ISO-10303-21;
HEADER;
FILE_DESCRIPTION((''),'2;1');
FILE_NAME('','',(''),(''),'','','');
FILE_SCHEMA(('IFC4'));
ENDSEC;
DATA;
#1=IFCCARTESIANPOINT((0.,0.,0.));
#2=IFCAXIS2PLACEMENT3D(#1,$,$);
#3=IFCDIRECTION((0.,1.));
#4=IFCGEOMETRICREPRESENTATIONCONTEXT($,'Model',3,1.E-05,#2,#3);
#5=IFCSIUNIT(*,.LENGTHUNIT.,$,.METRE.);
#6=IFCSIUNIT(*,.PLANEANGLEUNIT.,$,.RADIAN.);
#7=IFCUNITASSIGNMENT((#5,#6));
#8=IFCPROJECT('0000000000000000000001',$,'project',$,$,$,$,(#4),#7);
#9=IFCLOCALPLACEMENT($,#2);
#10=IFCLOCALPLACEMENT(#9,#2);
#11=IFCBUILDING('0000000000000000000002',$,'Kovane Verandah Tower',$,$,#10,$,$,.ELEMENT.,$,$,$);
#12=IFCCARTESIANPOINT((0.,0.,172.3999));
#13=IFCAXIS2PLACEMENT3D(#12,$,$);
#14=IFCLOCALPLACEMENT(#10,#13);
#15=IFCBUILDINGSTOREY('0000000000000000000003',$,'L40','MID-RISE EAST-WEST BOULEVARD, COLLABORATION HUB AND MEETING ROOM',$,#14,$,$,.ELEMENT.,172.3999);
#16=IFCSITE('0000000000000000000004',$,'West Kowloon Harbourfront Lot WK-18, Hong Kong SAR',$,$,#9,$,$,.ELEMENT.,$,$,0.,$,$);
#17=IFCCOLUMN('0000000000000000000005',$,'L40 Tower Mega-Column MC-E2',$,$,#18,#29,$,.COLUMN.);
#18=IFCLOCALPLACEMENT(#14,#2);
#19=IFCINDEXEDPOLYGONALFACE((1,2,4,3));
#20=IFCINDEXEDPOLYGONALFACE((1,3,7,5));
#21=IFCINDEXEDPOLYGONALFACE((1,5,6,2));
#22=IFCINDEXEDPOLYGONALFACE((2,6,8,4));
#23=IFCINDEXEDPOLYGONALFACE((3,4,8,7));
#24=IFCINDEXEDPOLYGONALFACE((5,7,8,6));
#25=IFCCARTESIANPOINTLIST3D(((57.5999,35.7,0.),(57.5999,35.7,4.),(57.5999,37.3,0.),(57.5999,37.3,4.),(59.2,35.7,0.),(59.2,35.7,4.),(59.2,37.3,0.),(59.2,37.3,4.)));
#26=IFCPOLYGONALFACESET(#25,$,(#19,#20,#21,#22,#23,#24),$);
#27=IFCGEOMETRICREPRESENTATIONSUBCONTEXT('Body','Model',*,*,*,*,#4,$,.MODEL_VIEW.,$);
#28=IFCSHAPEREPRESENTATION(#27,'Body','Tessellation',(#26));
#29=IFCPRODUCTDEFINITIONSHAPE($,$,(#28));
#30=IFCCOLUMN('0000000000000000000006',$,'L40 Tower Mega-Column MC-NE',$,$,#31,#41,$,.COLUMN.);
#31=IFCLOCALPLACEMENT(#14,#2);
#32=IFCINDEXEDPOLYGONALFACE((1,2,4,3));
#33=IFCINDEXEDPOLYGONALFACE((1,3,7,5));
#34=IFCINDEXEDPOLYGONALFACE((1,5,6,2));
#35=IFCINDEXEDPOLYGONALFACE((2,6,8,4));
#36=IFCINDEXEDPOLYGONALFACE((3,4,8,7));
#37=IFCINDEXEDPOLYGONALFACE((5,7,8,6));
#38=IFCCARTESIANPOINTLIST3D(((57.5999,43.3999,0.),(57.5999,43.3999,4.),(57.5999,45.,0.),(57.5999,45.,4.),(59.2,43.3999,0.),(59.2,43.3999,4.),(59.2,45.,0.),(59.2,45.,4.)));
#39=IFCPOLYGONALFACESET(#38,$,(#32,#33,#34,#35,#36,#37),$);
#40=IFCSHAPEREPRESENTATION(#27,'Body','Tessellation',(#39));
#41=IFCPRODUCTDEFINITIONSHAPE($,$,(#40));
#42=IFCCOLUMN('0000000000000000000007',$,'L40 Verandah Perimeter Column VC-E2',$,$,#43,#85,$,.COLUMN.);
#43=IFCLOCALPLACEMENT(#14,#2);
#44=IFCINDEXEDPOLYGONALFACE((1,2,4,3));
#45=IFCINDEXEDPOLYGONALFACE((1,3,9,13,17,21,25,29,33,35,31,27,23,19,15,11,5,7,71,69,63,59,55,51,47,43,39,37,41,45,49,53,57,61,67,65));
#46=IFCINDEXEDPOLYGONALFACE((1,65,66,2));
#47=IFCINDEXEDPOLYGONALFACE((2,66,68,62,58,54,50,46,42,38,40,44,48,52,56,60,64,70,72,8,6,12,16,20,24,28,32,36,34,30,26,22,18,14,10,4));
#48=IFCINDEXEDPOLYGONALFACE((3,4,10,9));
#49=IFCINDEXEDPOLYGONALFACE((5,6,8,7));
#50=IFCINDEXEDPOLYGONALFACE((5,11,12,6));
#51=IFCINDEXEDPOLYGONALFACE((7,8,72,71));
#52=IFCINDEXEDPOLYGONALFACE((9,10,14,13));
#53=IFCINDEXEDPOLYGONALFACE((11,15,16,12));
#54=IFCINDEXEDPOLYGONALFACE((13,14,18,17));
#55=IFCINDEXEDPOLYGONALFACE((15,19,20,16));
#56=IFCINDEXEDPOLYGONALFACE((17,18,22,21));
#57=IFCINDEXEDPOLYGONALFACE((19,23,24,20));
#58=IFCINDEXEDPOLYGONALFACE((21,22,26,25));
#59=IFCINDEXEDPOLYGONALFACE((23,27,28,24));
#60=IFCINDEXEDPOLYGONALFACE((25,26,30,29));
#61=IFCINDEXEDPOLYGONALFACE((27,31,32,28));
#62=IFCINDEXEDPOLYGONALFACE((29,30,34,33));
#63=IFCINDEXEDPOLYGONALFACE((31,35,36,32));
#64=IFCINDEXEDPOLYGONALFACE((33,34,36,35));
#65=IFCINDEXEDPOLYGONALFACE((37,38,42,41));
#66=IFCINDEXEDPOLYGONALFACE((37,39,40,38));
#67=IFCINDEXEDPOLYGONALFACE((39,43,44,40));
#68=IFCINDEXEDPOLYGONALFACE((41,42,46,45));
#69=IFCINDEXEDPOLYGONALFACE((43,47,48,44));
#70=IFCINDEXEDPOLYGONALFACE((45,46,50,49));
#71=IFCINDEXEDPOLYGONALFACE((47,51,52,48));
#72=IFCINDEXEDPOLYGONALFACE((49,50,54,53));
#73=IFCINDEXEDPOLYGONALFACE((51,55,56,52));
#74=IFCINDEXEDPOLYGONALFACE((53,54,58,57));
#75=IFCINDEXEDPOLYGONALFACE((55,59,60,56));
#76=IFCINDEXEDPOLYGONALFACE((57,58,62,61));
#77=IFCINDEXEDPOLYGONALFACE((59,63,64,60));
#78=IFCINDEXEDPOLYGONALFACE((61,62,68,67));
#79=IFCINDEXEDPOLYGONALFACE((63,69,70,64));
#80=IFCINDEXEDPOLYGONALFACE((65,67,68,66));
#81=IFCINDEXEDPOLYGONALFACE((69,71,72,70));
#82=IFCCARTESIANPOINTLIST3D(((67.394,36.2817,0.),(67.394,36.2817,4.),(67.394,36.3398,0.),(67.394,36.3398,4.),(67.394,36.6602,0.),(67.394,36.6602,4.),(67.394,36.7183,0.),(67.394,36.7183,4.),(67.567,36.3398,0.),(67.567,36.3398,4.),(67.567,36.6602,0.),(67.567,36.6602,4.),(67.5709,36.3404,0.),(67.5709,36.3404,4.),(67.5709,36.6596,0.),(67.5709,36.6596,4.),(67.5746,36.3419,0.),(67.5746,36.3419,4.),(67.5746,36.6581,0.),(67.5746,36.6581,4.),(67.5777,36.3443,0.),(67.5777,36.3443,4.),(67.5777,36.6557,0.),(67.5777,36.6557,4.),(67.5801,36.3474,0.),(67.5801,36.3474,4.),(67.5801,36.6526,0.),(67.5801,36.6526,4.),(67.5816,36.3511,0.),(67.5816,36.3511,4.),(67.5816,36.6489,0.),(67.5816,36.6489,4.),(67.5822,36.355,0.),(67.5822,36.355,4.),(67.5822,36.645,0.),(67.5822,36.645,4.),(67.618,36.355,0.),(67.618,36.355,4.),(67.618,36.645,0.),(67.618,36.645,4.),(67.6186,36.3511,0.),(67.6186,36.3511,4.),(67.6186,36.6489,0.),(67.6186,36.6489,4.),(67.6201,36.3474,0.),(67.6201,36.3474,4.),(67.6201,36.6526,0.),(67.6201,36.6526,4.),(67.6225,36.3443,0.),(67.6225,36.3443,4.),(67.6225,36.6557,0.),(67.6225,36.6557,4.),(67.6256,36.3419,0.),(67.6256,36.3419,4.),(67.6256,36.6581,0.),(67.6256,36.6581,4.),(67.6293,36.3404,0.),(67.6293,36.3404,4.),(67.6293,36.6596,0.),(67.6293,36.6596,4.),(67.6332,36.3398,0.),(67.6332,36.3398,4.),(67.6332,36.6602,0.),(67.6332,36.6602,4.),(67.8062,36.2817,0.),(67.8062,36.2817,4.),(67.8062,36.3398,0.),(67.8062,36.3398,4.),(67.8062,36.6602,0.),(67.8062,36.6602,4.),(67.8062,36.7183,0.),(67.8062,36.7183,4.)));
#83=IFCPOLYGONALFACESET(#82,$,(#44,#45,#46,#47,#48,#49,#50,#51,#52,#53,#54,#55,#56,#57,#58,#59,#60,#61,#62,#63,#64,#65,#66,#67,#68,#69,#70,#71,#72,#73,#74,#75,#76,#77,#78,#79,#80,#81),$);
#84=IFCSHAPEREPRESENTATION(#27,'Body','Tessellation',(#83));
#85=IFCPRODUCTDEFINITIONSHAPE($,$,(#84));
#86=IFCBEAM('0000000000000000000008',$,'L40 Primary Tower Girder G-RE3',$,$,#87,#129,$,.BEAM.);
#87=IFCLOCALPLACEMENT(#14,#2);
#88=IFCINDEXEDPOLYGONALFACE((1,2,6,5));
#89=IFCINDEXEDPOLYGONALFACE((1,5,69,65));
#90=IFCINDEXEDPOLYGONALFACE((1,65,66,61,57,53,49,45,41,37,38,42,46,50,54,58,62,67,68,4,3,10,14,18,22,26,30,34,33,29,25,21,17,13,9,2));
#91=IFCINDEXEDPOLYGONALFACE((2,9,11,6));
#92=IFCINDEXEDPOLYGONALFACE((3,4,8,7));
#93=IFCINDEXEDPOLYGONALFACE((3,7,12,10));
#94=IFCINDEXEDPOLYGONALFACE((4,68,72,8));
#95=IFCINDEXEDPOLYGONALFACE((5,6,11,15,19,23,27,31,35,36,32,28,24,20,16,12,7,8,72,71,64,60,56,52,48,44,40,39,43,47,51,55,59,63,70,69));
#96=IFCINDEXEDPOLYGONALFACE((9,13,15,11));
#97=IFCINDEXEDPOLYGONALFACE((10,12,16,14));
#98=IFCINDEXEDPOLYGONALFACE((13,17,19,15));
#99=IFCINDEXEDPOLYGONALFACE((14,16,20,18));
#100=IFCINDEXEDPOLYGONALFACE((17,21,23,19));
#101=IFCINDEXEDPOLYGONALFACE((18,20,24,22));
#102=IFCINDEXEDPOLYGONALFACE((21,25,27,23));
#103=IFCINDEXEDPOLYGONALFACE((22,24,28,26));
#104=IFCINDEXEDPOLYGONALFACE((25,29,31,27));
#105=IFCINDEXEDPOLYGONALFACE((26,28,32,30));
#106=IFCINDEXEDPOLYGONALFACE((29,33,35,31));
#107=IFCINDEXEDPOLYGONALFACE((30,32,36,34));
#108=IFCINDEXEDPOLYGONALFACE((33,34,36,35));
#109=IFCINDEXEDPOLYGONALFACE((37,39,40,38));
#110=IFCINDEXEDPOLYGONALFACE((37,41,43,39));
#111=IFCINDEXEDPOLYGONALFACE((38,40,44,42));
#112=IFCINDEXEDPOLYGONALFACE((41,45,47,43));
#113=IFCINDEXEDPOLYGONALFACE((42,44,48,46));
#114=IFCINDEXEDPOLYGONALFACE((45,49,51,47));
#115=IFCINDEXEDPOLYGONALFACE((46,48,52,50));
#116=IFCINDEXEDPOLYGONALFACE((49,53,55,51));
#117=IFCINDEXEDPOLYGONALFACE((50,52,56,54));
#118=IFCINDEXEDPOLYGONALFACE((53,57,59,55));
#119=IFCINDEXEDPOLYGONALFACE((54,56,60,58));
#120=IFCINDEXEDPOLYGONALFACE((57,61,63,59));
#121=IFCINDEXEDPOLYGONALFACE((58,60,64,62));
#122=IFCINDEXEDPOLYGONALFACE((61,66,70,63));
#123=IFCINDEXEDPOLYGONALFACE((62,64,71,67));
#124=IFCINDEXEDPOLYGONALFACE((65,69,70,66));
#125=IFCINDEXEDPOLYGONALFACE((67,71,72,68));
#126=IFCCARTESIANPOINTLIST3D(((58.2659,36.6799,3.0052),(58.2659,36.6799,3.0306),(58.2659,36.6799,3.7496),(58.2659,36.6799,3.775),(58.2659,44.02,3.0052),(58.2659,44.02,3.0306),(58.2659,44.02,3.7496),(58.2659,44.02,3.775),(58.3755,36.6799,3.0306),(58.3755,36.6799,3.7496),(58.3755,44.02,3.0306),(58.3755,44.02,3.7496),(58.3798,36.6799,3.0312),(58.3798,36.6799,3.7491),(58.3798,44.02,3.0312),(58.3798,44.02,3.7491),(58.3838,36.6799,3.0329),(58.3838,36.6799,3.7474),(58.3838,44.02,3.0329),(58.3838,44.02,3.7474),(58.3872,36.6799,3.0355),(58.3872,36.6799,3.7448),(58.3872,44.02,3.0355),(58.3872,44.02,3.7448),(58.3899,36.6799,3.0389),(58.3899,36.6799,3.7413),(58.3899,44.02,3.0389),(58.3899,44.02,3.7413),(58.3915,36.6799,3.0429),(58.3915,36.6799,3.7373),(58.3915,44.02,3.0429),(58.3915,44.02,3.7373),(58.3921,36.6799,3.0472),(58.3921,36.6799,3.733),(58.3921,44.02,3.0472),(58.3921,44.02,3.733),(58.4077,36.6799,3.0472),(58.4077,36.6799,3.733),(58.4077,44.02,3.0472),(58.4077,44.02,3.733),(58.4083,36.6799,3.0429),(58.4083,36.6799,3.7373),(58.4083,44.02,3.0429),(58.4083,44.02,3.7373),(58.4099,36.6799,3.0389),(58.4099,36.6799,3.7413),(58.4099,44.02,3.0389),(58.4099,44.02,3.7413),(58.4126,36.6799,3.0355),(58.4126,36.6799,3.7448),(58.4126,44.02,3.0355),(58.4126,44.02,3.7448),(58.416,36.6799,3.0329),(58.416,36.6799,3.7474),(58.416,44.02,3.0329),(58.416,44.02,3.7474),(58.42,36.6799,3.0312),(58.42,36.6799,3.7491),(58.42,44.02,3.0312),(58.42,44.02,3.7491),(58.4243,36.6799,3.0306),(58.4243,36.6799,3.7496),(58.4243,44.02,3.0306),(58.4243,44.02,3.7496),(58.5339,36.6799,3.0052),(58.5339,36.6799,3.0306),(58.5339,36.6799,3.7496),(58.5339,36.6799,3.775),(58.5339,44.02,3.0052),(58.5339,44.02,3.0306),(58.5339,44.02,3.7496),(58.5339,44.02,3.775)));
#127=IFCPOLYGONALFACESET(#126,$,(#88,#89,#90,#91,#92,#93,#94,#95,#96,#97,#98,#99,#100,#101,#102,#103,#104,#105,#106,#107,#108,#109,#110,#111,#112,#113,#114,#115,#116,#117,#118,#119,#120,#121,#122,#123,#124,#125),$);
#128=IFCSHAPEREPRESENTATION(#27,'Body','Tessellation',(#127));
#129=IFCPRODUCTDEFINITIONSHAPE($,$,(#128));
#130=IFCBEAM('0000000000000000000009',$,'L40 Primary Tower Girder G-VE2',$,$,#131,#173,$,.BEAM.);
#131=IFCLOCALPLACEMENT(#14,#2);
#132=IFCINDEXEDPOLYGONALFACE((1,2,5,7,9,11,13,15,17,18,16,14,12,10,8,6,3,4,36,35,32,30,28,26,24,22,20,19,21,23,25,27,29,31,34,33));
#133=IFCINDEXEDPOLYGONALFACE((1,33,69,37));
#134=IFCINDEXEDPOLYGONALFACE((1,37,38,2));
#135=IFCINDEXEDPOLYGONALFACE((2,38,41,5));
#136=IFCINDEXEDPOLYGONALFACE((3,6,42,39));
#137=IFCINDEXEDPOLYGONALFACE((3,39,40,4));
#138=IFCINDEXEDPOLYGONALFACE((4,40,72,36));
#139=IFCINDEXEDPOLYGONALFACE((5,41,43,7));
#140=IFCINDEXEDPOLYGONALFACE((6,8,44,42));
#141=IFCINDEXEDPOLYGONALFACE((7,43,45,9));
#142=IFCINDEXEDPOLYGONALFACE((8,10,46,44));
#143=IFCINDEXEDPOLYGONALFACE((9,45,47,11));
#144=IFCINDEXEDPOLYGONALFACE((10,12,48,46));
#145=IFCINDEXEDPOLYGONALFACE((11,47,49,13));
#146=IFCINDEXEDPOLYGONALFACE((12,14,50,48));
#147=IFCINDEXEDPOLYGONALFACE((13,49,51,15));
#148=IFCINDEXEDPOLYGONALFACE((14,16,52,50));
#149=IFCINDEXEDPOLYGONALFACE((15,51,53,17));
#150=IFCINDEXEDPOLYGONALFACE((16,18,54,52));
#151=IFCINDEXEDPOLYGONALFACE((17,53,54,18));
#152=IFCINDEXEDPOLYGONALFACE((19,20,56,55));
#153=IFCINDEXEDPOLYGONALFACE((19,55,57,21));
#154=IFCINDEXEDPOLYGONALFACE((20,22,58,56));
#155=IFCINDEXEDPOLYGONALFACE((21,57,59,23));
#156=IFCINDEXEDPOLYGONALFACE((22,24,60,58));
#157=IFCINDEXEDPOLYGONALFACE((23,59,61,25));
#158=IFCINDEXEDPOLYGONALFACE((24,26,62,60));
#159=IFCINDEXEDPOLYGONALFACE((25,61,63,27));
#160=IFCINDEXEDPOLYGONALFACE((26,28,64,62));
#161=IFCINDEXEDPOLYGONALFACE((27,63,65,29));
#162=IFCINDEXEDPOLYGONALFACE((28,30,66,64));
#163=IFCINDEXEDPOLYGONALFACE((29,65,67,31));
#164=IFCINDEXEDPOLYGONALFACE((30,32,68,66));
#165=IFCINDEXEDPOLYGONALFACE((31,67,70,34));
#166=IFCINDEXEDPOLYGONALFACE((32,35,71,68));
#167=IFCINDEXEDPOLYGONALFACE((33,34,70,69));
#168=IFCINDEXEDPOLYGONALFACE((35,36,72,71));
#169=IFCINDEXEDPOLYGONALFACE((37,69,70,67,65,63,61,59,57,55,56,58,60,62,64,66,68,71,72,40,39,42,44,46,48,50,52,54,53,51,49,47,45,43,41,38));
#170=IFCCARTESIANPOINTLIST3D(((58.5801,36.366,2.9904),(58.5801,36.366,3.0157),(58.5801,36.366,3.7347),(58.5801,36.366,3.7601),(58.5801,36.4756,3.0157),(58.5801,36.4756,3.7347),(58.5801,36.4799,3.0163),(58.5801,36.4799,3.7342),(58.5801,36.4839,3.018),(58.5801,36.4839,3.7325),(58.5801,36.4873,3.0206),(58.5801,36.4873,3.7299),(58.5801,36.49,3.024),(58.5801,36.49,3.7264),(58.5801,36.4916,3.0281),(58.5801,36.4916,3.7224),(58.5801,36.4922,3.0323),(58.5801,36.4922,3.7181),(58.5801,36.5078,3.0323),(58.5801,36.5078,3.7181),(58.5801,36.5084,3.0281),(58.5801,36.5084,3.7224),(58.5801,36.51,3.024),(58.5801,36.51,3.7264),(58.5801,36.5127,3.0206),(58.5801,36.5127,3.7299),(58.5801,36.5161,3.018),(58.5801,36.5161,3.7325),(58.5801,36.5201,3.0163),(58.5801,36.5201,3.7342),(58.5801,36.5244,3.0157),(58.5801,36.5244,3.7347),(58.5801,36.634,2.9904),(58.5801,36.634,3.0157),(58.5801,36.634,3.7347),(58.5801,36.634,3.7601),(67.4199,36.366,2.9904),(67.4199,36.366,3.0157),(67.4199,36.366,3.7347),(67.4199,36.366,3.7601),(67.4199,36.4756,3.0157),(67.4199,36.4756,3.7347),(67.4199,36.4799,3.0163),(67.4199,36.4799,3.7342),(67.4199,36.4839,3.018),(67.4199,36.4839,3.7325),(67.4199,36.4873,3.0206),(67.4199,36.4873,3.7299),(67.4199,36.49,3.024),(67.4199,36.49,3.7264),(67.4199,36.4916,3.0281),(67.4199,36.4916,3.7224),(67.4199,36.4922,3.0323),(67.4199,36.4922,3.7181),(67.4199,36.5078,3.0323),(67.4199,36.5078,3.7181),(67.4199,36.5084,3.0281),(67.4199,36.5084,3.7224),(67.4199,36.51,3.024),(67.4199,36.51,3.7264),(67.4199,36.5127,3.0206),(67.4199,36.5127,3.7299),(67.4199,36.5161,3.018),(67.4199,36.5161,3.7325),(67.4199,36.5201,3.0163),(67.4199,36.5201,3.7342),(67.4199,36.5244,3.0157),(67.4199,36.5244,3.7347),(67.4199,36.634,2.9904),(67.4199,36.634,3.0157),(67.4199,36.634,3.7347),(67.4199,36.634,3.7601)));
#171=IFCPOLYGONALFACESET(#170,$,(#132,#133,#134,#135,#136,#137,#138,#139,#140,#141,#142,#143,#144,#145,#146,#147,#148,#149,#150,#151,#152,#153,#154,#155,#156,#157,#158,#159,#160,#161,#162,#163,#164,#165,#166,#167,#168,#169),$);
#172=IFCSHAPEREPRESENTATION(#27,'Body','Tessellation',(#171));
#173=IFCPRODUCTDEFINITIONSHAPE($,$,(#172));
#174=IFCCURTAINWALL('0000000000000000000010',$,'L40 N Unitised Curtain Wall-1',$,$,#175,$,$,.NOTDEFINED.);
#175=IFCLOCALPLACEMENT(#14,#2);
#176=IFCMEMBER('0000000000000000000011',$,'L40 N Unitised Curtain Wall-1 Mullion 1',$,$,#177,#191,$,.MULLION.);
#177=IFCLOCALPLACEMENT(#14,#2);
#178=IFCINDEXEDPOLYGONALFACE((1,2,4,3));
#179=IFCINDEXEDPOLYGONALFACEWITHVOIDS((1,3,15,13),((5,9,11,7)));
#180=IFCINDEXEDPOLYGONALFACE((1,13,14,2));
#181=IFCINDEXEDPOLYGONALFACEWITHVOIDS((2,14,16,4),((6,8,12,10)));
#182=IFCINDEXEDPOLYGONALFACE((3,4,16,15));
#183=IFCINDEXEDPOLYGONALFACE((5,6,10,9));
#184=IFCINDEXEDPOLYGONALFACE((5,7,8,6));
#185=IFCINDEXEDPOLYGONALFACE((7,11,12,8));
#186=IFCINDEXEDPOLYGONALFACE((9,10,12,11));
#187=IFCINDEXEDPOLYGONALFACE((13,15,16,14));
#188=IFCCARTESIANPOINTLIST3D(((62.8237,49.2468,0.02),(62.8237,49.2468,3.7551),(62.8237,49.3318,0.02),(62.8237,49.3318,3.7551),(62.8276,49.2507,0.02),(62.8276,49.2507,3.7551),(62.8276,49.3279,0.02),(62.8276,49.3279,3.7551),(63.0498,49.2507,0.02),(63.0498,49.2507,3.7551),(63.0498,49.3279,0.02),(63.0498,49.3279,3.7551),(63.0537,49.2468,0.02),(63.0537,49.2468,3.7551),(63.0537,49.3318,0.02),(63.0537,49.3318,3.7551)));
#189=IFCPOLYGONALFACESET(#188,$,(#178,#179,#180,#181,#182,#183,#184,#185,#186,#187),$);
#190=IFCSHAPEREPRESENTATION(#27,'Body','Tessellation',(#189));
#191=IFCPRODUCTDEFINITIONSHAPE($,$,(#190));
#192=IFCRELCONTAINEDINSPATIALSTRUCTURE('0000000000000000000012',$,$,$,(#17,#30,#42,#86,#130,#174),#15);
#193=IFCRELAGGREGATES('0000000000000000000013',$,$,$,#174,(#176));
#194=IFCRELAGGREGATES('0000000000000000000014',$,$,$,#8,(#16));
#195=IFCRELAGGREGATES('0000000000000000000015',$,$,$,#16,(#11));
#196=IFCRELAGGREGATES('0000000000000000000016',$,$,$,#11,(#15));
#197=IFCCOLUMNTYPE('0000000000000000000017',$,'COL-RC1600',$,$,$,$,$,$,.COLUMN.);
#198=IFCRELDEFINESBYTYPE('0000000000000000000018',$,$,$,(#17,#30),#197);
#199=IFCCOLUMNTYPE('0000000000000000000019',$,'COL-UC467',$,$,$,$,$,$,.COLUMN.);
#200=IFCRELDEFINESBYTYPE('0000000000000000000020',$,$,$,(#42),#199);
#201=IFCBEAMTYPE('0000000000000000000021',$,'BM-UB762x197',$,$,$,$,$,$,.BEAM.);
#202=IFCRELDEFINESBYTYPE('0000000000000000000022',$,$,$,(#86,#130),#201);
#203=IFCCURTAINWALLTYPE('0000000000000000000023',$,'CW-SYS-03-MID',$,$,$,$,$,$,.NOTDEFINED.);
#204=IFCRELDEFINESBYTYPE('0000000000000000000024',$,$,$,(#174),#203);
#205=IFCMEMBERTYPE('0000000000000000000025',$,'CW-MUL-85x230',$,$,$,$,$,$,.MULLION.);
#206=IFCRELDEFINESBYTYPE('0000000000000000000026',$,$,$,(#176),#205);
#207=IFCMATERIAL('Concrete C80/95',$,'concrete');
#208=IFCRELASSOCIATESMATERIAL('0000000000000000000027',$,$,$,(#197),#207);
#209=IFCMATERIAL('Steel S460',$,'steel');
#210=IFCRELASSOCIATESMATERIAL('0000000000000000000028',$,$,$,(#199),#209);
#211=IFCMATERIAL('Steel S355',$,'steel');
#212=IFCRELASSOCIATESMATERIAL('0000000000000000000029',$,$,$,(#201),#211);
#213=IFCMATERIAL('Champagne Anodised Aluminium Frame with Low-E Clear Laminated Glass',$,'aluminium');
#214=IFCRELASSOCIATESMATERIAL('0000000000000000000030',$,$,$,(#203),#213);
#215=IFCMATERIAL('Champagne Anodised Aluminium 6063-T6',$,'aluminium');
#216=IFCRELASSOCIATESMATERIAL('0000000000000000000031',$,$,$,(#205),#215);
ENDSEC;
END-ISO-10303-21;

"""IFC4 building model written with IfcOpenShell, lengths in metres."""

from ifc_helpers import new_model, si_unit, direction, frame, origin, origin_2d, place, context, subcontext, project, spatial, rectangle, hollow_rectangle, i_section, extrude, material, material_profile, profile_set, type_object, element, aggregate, save


model = new_model("IFC4")

# Units and contexts
model_context = context("Model", 3, precision=1e-05, world=origin(), true_north=direction((0.0, 1.0)))
body_context = subcontext(model_context, "Body", "Model", "MODEL_VIEW")
ifc_project = project(units=[si_unit("LENGTHUNIT", "METRE"), si_unit("PLANEANGLEUNIT", "RADIAN")], contexts=[model_context])

# Site, building, storey
site_placement = place(None, origin())
site = spatial("IfcSite", under=ifc_project, at=site_placement, Name="West Kowloon Harbourfront Lot WK-18, Hong Kong SAR", CompositionType="ELEMENT", RefElevation=0.0)
building_placement = place(site_placement, origin())
building = spatial("IfcBuilding", under=site, at=building_placement, Name="Kovane Verandah Tower", CompositionType="ELEMENT")
storey_placement = place(building_placement, frame((0.0, 0.0, 172.3999)))
storey = spatial("IfcBuildingStorey", under=building, at=storey_placement, Name="L40", Description="MID-RISE EAST-WEST BOULEVARD, COLLABORATION HUB AND MEETING ROOM", CompositionType="ELEMENT", Elevation=172.3999)

# Columns
ifc_material_1 = material(Name="Concrete C80/95", Category="concrete")
ifc_material_profile_1 = material_profile(ifc_material_1, rectangle(XDim=1.6001, YDim=1.6001, at=origin_2d()), Name="RC1600x1600")
ifc_profile_set_1 = profile_set([ifc_material_profile_1], Name="Concrete C80/95")
column_type_1 = type_object("IfcColumnType", Name="COL-RC1600", PredefinedType="COLUMN", material=ifc_profile_set_1)
for number, where, z_axis, x_axis, name in (
    (1, (58.3999, 36.5, 0.0), (0.0, 0.0, 1.0), (1.0, 0.0, 0.0), "L40 Tower Mega-Column MC-E2"),
    (2, (58.3999, 44.2, 0.0), (0.0, 0.0, 1.0), (1.0, 0.0, 0.0), "L40 Tower Mega-Column MC-NE"),
):
    element("IfcColumn", number, at=place(storey_placement, frame(where, z_axis=z_axis, x_axis=x_axis)), inside=storey, type_object=column_type_1, Name=name, PredefinedType="COLUMN", context=body_context, shape_type="SweptSolid", body=[
        extrude(rectangle(XDim=1.6001, YDim=1.6001, at=origin_2d()), origin(), (0.0, 0.0, 1.0), 4.0),
    ])
ifc_material_2 = material(Name="Steel S460", Category="steel")
ifc_material_profile_2 = material_profile(ifc_material_2, i_section(OverallWidth=0.4121, OverallDepth=0.4365, WebThickness=0.0359, FlangeThickness=0.0581, FilletRadius=0.0151, at=origin_2d()), Name="UC356x406x467")
ifc_profile_set_2 = profile_set([ifc_material_profile_2], Name="Steel S460")
column_type_2 = type_object("IfcColumnType", Name="COL-UC467", PredefinedType="COLUMN", material=ifc_profile_set_2)
column_placement = place(storey_placement, frame((67.6001, 36.5, 0.0), z_axis=(0.0, 0.0, 1.0), x_axis=(1.0, 0.0, 0.0)))
element("IfcColumn", 3, at=column_placement, inside=storey, type_object=column_type_2, Name="L40 Verandah Perimeter Column VC-E2", PredefinedType="COLUMN", context=body_context, shape_type="SweptSolid", body=[
    extrude(i_section(OverallWidth=0.4121, OverallDepth=0.4365, WebThickness=0.0359, FlangeThickness=0.0581, FilletRadius=0.0151, at=origin_2d()), origin(), (0.0, 0.0, 1.0), 4.0),
])

# Beams
ifc_material_3 = material(Name="Steel S355", Category="steel")
ifc_material_profile_3 = material_profile(ifc_material_3, i_section(OverallWidth=0.2681, OverallDepth=0.7698, WebThickness=0.0156, FlangeThickness=0.0254, FilletRadius=0.0166, at=origin_2d()), Name="UB762x267x197")
ifc_profile_set_3 = profile_set([ifc_material_profile_3], Name="Steel S355")
beam_type_1 = type_object("IfcBeamType", Name="BM-UB762x197", PredefinedType="BEAM", material=ifc_profile_set_3)
beam_1_placement = place(storey_placement, frame((58.3999, 36.6799, 3.3901), z_axis=(0.0, 1.0, 0.0), x_axis=(-1.0, 0.0, 0.0)))
element("IfcBeam", 4, at=beam_1_placement, inside=storey, type_object=beam_type_1, Name="L40 Primary Tower Girder G-RE3", PredefinedType="BEAM", context=body_context, shape_type="SweptSolid", body=[
    extrude(i_section(OverallWidth=0.2681, OverallDepth=0.7698, WebThickness=0.0156, FlangeThickness=0.0254, FilletRadius=0.0166, at=origin_2d()), origin(), (0.0, 0.0, 1.0), 7.3401),
])
beam_2_placement = place(storey_placement, frame((58.5801, 36.5, 3.3752), z_axis=(1.0, 0.0, 0.0), x_axis=(0.0, 1.0, 0.0)))
element("IfcBeam", 5, at=beam_2_placement, inside=storey, type_object=beam_type_1, Name="L40 Primary Tower Girder G-VE2", PredefinedType="BEAM", context=body_context, shape_type="SweptSolid", body=[
    extrude(i_section(OverallWidth=0.2681, OverallDepth=0.7698, WebThickness=0.0156, FlangeThickness=0.0254, FilletRadius=0.0166, at=origin_2d()), origin(), (0.0, 0.0, 1.0), 8.8398),
])

# Curtain wall, member
ifc_material_4 = material(Name="Champagne Anodised Aluminium Frame with Low-E Clear Laminated Glass", Category="aluminium")
curtain_wall_type = type_object("IfcCurtainWallType", Name="CW-SYS-03-MID", PredefinedType="NOTDEFINED", material=ifc_material_4)
curtain_wall_placement = place(storey_placement, origin())
curtain_wall = element("IfcCurtainWall", 6, at=curtain_wall_placement, inside=storey, type_object=curtain_wall_type, Name="L40 N Unitised Curtain Wall-1", PredefinedType="NOTDEFINED")
ifc_material_5 = material(Name="Champagne Anodised Aluminium 6063-T6", Category="aluminium")
ifc_material_profile_4 = material_profile(ifc_material_5, hollow_rectangle(XDim=0.085, YDim=0.23, WallThickness=0.0039, at=origin_2d()), Name="AL85x230x4")
ifc_profile_set_4 = profile_set([ifc_material_profile_4], Name="Champagne Anodised Aluminium 6063-T6")
member_type_1 = type_object("IfcMemberType", Name="CW-MUL-85x230", PredefinedType="MULLION", material=ifc_profile_set_4)
member_1_placement = place(storey_placement, frame((62.9387, 49.2893, 0.02), z_axis=(0.0, 0.0, 1.0), x_axis=(0.0, 1.0, 0.0)))
member_1 = element("IfcMember", 7, at=member_1_placement, type_object=member_type_1, Name="L40 N Unitised Curtain Wall-1 Mullion 1", PredefinedType="MULLION", context=body_context, shape_type="SweptSolid", body=[
    extrude(hollow_rectangle(XDim=0.085, YDim=0.23, WallThickness=0.0039, at=origin_2d()), origin(), (0.0, 0.0, 1.0), 3.7351),
])

aggregate(curtain_wall, [member_1])

save(model, "model.ifc")
